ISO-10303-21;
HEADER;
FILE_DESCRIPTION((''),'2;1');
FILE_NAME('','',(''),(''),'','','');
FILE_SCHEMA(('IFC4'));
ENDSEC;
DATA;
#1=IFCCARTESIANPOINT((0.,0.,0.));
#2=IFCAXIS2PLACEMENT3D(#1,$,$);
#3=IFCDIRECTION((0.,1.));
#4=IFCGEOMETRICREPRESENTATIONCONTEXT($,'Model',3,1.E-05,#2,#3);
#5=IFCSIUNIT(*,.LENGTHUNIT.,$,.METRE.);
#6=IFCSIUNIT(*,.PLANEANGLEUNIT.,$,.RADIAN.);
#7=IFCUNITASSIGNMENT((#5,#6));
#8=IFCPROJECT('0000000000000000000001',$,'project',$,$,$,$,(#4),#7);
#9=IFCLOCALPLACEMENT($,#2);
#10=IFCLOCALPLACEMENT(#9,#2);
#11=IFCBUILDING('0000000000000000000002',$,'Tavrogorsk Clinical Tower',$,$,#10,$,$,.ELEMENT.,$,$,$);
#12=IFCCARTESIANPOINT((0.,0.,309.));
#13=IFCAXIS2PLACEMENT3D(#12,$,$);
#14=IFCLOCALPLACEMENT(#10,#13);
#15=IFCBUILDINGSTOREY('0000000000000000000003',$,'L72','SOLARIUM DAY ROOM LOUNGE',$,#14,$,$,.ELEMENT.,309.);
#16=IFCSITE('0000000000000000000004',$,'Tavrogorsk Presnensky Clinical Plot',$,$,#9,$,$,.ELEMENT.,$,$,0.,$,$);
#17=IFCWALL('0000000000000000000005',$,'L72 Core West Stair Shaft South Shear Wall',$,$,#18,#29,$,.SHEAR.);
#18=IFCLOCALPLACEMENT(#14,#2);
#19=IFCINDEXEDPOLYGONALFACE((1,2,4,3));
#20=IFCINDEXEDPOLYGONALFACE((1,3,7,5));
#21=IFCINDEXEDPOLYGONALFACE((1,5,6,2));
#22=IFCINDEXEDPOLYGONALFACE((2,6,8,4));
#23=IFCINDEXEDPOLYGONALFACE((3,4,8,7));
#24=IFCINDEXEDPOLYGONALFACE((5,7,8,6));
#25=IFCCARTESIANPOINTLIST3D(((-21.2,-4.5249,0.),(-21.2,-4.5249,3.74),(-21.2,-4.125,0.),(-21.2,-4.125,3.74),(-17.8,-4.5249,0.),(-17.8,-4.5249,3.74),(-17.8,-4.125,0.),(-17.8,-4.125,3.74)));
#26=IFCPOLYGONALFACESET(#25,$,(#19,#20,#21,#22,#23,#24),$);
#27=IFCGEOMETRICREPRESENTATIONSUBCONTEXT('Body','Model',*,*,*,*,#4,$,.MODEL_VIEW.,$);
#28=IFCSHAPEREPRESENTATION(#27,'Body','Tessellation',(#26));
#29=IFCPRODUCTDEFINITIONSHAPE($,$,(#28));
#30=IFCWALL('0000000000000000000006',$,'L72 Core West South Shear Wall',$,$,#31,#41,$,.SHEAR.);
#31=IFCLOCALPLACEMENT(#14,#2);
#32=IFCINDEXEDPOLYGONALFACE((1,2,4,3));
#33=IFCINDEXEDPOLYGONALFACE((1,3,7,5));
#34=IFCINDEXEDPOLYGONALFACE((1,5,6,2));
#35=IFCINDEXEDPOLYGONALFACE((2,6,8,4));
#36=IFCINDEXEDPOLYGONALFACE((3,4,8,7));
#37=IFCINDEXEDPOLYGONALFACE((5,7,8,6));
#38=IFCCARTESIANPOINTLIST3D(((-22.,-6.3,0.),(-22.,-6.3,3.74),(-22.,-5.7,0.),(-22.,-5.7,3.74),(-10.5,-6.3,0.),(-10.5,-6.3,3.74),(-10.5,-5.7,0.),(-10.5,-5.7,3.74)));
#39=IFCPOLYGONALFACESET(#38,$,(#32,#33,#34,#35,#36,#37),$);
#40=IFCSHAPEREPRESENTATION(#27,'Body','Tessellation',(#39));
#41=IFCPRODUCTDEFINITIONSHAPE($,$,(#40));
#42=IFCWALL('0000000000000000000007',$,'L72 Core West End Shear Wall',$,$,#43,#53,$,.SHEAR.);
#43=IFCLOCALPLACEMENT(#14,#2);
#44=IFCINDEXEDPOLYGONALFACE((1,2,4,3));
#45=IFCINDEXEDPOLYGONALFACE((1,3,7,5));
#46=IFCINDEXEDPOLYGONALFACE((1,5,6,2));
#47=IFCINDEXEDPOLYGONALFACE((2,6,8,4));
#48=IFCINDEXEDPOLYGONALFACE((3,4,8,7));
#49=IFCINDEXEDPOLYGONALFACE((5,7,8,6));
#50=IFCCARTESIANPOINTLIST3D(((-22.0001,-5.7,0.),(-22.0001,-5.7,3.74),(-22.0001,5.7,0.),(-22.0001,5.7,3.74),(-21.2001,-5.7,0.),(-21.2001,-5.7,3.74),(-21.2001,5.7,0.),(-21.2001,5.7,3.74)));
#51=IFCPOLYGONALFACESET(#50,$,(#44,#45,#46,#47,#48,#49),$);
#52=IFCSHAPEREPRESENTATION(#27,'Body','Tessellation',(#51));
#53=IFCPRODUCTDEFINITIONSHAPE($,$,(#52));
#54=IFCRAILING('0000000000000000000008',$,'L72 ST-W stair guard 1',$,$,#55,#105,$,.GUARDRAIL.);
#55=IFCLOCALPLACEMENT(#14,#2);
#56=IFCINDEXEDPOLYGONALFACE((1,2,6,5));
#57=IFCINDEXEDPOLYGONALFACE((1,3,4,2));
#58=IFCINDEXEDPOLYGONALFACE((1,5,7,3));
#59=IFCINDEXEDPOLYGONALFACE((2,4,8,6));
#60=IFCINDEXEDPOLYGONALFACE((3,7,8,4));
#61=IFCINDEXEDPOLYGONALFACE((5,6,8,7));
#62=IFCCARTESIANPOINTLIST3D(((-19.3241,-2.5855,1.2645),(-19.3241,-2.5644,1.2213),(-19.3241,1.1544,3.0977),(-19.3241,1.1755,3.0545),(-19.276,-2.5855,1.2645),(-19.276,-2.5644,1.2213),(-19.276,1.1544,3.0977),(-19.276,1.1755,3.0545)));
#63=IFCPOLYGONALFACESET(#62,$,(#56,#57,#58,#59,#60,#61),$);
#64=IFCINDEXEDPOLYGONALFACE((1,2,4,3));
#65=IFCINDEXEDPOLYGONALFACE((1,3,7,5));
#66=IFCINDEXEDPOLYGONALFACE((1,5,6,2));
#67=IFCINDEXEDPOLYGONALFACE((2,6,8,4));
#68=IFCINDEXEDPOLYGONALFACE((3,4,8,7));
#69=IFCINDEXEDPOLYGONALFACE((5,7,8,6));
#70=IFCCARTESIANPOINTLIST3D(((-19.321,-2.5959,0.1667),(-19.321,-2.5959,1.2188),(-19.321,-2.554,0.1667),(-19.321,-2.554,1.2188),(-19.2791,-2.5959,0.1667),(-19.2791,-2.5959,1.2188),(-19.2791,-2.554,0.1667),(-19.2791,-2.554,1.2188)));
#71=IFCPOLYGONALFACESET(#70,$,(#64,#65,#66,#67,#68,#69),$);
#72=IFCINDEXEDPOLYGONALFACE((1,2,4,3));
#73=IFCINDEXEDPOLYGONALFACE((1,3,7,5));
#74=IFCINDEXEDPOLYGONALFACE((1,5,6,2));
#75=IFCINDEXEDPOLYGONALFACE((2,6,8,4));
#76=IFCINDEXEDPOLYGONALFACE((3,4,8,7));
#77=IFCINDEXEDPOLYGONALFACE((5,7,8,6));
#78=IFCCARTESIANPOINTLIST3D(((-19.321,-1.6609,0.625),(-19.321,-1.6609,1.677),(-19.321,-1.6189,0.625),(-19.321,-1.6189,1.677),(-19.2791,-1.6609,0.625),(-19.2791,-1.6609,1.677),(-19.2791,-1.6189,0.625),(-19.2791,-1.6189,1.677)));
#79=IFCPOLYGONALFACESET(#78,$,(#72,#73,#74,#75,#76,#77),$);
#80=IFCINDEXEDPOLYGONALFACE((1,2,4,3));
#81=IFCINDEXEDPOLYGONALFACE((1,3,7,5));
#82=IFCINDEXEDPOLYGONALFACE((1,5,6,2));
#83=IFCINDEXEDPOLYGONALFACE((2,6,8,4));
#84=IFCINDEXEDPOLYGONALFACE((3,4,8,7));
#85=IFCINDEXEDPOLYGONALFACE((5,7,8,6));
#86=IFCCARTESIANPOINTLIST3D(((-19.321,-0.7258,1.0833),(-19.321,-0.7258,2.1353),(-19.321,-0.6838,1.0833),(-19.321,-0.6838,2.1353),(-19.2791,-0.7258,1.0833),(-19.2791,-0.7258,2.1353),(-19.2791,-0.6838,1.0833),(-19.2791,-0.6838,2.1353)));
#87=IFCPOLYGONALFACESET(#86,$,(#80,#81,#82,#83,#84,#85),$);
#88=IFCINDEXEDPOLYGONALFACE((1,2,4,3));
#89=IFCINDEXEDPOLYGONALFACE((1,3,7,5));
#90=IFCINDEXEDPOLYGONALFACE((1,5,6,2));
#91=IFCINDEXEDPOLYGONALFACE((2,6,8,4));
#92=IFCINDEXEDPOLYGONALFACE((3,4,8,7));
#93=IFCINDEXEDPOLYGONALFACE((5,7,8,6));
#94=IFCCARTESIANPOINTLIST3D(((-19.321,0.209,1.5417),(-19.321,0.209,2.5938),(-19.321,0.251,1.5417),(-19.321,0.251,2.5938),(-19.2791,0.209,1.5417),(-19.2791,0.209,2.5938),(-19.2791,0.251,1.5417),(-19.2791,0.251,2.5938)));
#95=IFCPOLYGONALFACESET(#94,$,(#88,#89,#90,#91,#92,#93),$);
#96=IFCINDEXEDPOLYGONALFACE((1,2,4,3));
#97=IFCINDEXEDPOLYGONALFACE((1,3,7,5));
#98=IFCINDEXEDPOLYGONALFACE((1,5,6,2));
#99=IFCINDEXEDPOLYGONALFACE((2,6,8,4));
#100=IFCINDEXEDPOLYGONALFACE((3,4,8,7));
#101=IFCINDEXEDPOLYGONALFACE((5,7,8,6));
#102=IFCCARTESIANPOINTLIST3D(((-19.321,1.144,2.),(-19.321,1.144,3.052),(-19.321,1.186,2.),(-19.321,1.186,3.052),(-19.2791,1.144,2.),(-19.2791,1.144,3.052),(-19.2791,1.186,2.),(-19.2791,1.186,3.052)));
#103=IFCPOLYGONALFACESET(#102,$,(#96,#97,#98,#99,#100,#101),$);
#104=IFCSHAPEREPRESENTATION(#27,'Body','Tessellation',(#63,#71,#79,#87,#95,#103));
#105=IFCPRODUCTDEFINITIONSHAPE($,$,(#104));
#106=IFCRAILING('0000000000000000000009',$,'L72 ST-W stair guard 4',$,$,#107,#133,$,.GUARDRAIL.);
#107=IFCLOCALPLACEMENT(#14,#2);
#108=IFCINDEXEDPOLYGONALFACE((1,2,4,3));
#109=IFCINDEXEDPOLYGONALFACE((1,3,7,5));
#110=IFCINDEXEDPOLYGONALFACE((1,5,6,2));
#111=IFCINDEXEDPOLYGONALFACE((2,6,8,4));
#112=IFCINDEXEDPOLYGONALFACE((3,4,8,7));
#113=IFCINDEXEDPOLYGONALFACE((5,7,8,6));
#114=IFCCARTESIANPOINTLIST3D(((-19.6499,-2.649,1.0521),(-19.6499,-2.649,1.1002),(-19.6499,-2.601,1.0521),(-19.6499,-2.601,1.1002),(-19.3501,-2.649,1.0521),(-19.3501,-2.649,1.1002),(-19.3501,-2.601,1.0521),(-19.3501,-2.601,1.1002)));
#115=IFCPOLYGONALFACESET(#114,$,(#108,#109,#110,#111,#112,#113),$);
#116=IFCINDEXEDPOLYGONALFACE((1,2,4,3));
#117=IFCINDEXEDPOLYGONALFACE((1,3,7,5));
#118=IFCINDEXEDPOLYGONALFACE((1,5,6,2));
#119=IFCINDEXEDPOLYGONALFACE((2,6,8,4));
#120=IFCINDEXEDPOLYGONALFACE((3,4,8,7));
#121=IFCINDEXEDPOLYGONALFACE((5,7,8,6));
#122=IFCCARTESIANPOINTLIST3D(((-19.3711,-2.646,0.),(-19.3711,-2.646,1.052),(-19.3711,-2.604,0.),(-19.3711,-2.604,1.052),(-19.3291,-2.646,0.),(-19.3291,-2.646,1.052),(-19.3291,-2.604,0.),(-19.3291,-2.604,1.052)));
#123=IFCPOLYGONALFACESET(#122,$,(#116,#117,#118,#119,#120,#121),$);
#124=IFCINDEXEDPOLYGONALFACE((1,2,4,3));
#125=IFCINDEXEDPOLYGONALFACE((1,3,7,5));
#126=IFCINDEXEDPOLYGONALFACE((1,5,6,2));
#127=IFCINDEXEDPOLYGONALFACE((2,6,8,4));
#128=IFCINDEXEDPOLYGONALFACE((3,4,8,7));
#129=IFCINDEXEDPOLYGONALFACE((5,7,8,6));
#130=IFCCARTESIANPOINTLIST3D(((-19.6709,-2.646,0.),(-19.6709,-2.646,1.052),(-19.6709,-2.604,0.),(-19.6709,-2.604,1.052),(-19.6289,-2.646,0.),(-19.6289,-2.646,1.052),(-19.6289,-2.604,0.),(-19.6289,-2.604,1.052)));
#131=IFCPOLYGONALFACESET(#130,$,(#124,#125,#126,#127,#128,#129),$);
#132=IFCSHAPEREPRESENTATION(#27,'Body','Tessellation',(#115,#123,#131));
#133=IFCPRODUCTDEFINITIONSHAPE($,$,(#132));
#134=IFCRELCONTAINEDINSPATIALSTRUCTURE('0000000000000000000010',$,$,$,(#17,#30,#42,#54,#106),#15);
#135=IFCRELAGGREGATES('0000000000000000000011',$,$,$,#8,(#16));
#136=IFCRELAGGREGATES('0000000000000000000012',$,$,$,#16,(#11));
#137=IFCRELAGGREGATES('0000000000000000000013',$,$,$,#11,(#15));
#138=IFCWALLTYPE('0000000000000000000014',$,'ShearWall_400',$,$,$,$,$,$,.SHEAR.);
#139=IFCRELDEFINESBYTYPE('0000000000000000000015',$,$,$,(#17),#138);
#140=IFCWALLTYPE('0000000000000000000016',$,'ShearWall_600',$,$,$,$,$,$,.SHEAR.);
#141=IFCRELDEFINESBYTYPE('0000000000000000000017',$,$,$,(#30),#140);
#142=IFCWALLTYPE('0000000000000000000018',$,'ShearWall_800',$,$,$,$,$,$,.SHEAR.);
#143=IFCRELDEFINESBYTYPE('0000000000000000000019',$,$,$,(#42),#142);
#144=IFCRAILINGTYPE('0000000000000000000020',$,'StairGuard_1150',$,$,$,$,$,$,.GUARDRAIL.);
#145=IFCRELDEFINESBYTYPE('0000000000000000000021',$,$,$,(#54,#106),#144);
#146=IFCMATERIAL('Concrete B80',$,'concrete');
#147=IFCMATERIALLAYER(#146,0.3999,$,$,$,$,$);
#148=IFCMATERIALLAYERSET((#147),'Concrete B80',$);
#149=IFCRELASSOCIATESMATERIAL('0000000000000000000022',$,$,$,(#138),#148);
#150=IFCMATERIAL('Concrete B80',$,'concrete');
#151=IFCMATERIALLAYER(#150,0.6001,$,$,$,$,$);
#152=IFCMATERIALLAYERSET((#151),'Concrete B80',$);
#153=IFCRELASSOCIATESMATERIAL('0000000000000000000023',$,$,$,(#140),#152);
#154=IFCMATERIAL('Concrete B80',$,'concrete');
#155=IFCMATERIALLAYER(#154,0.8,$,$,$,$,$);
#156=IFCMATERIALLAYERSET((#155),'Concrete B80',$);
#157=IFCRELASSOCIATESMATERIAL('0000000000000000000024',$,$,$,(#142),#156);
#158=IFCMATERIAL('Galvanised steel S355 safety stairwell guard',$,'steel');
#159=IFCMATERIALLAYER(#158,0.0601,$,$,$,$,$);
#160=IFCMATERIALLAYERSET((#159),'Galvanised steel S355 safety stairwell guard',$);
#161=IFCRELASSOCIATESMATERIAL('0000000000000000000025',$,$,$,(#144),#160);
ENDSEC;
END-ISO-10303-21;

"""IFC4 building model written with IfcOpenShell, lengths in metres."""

from ifc_helpers import new_model, si_unit, direction, frame, frame_2d, origin, origin_2d, place, context, subcontext, project, spatial, rectangle, extrude, material, layer, layer_set, type_object, element, save


model = new_model("IFC4")

# Units and contexts
model_context = context("Model", 3, precision=1e-05, world=origin(), true_north=direction((0.0, 1.0)))
body_context = subcontext(model_context, "Body", "Model", "MODEL_VIEW")
ifc_project = project(units=[si_unit("LENGTHUNIT", "METRE"), si_unit("PLANEANGLEUNIT", "RADIAN")], contexts=[model_context])

# Site, building, storey
site_placement = place(None, origin())
site = spatial("IfcSite", under=ifc_project, at=site_placement, Name="Tavrogorsk Presnensky Clinical Plot", CompositionType="ELEMENT", RefElevation=0.0)
building_placement = place(site_placement, origin())
building = spatial("IfcBuilding", under=site, at=building_placement, Name="Tavrogorsk Clinical Tower", CompositionType="ELEMENT")
storey_placement = place(building_placement, frame((0.0, 0.0, 309.0)))
storey = spatial("IfcBuildingStorey", under=building, at=storey_placement, Name="L72", Description="SOLARIUM DAY ROOM LOUNGE", CompositionType="ELEMENT", Elevation=309.0)

# Walls
ifc_material_1 = material(Name="Concrete B80", Category="concrete")
ifc_layer_1 = layer(ifc_material_1, 0.3999)
ifc_layer_set_1 = layer_set([ifc_layer_1], Name="Concrete B80")
wall_type_1 = type_object("IfcWallType", Name="ShearWall_400", PredefinedType="SHEAR", material=ifc_layer_set_1)
wall_1_placement = place(storey_placement, frame((-21.2, -4.325, 0.0), z_axis=(0.0, 0.0, 1.0), x_axis=(1.0, 0.0, 0.0)))
element("IfcWall", 1, at=wall_1_placement, inside=storey, type_object=wall_type_1, Name="L72 Core West Stair Shaft South Shear Wall", PredefinedType="SHEAR", context=body_context, shape_type="SweptSolid", body=[
    extrude(rectangle(XDim=3.3999, YDim=0.3999, at=frame_2d((1.7, 0.0))), origin(), (0.0, 0.0, 1.0), 3.74),
])
ifc_material_2 = material(Name="Concrete B80", Category="concrete")
ifc_layer_2 = layer(ifc_material_2, 0.6001)
ifc_layer_set_2 = layer_set([ifc_layer_2], Name="Concrete B80")
wall_type_2 = type_object("IfcWallType", Name="ShearWall_600", PredefinedType="SHEAR", material=ifc_layer_set_2)
wall_2_placement = place(storey_placement, frame((-22.0, -6.0, 0.0), z_axis=(0.0, 0.0, 1.0), x_axis=(1.0, 0.0, 0.0)))
element("IfcWall", 2, at=wall_2_placement, inside=storey, type_object=wall_type_2, Name="L72 Core West South Shear Wall", PredefinedType="SHEAR", context=body_context, shape_type="SweptSolid", body=[
    extrude(rectangle(XDim=11.5, YDim=0.6001, at=frame_2d((5.75, 0.0))), origin(), (0.0, 0.0, 1.0), 3.74),
])
ifc_material_3 = material(Name="Concrete B80", Category="concrete")
ifc_layer_3 = layer(ifc_material_3, 0.8)
ifc_layer_set_3 = layer_set([ifc_layer_3], Name="Concrete B80")
wall_type_3 = type_object("IfcWallType", Name="ShearWall_800", PredefinedType="SHEAR", material=ifc_layer_set_3)
wall_3_placement = place(storey_placement, frame((-21.6001, -5.7, 0.0), z_axis=(0.0, 0.0, 1.0), x_axis=(0.0, 1.0, 0.0)))
element("IfcWall", 3, at=wall_3_placement, inside=storey, type_object=wall_type_3, Name="L72 Core West End Shear Wall", PredefinedType="SHEAR", context=body_context, shape_type="SweptSolid", body=[
    extrude(rectangle(XDim=11.3999, YDim=0.8, at=frame_2d((5.7, 0.0))), origin(), (0.0, 0.0, 1.0), 3.74),
])

# Railings
ifc_material_4 = material(Name="Galvanised steel S355 safety stairwell guard", Category="steel")
ifc_layer_4 = layer(ifc_material_4, 0.0601)
ifc_layer_set_4 = layer_set([ifc_layer_4], Name="Galvanised steel S355 safety stairwell guard")
railing_type = type_object("IfcRailingType", Name="StairGuard_1150", PredefinedType="GUARDRAIL", material=ifc_layer_set_4)
railing_1_placement = place(storey_placement, frame((-19.3, -2.575, 0.1667)))
element("IfcRailing", 4, at=railing_1_placement, inside=storey, type_object=railing_type, Name="L72 ST-W stair guard 1", PredefinedType="GUARDRAIL", context=body_context, shape_type="SweptSolid", body=[
    extrude(rectangle(XDim=0.0481, YDim=0.0481, at=origin_2d()), frame((0.0, 0.0, 1.0762), z_axis=(0.0, 0.897928, 0.440142), x_axis=(-1.0, 0.0, 0.0)), (0.0, 0.0, 1.0), 4.165),
    extrude(rectangle(XDim=0.042, YDim=0.042, at=origin_2d()), origin(), (0.0, 0.0, 1.0), 1.052),
    extrude(rectangle(XDim=0.042, YDim=0.042, at=origin_2d()), frame((0.0, 0.9351, 0.4583)), (0.0, 0.0, 1.0), 1.052),
    extrude(rectangle(XDim=0.042, YDim=0.042, at=origin_2d()), frame((0.0, 1.8701, 0.9165)), (0.0, 0.0, 1.0), 1.052),
    extrude(rectangle(XDim=0.042, YDim=0.042, at=origin_2d()), frame((0.0, 2.8049, 1.375)), (0.0, 0.0, 1.0), 1.052),
    extrude(rectangle(XDim=0.042, YDim=0.042, at=origin_2d()), frame((0.0, 3.74, 1.8333)), (0.0, 0.0, 1.0), 1.052),
])
railing_2_placement = place(storey_placement, frame((-19.3501, -2.625, 0.0)))
element("IfcRailing", 5, at=railing_2_placement, inside=storey, type_object=railing_type, Name="L72 ST-W stair guard 4", PredefinedType="GUARDRAIL", context=body_context, shape_type="SweptSolid", body=[
    extrude(rectangle(XDim=0.0481, YDim=0.0481, at=origin_2d()), frame((0.0, 0.0, 1.0762), z_axis=(-1.0, 0.0, 0.0), x_axis=(0.0, -1.0, 0.0)), (0.0, 0.0, 1.0), 0.2998),
    extrude(rectangle(XDim=0.042, YDim=0.042, at=origin_2d()), origin(), (0.0, 0.0, 1.0), 1.052),
    extrude(rectangle(XDim=0.042, YDim=0.042, at=origin_2d()), frame((-0.2998, 0.0, 0.0)), (0.0, 0.0, 1.0), 1.052),
])

save(model, "model.ifc")
